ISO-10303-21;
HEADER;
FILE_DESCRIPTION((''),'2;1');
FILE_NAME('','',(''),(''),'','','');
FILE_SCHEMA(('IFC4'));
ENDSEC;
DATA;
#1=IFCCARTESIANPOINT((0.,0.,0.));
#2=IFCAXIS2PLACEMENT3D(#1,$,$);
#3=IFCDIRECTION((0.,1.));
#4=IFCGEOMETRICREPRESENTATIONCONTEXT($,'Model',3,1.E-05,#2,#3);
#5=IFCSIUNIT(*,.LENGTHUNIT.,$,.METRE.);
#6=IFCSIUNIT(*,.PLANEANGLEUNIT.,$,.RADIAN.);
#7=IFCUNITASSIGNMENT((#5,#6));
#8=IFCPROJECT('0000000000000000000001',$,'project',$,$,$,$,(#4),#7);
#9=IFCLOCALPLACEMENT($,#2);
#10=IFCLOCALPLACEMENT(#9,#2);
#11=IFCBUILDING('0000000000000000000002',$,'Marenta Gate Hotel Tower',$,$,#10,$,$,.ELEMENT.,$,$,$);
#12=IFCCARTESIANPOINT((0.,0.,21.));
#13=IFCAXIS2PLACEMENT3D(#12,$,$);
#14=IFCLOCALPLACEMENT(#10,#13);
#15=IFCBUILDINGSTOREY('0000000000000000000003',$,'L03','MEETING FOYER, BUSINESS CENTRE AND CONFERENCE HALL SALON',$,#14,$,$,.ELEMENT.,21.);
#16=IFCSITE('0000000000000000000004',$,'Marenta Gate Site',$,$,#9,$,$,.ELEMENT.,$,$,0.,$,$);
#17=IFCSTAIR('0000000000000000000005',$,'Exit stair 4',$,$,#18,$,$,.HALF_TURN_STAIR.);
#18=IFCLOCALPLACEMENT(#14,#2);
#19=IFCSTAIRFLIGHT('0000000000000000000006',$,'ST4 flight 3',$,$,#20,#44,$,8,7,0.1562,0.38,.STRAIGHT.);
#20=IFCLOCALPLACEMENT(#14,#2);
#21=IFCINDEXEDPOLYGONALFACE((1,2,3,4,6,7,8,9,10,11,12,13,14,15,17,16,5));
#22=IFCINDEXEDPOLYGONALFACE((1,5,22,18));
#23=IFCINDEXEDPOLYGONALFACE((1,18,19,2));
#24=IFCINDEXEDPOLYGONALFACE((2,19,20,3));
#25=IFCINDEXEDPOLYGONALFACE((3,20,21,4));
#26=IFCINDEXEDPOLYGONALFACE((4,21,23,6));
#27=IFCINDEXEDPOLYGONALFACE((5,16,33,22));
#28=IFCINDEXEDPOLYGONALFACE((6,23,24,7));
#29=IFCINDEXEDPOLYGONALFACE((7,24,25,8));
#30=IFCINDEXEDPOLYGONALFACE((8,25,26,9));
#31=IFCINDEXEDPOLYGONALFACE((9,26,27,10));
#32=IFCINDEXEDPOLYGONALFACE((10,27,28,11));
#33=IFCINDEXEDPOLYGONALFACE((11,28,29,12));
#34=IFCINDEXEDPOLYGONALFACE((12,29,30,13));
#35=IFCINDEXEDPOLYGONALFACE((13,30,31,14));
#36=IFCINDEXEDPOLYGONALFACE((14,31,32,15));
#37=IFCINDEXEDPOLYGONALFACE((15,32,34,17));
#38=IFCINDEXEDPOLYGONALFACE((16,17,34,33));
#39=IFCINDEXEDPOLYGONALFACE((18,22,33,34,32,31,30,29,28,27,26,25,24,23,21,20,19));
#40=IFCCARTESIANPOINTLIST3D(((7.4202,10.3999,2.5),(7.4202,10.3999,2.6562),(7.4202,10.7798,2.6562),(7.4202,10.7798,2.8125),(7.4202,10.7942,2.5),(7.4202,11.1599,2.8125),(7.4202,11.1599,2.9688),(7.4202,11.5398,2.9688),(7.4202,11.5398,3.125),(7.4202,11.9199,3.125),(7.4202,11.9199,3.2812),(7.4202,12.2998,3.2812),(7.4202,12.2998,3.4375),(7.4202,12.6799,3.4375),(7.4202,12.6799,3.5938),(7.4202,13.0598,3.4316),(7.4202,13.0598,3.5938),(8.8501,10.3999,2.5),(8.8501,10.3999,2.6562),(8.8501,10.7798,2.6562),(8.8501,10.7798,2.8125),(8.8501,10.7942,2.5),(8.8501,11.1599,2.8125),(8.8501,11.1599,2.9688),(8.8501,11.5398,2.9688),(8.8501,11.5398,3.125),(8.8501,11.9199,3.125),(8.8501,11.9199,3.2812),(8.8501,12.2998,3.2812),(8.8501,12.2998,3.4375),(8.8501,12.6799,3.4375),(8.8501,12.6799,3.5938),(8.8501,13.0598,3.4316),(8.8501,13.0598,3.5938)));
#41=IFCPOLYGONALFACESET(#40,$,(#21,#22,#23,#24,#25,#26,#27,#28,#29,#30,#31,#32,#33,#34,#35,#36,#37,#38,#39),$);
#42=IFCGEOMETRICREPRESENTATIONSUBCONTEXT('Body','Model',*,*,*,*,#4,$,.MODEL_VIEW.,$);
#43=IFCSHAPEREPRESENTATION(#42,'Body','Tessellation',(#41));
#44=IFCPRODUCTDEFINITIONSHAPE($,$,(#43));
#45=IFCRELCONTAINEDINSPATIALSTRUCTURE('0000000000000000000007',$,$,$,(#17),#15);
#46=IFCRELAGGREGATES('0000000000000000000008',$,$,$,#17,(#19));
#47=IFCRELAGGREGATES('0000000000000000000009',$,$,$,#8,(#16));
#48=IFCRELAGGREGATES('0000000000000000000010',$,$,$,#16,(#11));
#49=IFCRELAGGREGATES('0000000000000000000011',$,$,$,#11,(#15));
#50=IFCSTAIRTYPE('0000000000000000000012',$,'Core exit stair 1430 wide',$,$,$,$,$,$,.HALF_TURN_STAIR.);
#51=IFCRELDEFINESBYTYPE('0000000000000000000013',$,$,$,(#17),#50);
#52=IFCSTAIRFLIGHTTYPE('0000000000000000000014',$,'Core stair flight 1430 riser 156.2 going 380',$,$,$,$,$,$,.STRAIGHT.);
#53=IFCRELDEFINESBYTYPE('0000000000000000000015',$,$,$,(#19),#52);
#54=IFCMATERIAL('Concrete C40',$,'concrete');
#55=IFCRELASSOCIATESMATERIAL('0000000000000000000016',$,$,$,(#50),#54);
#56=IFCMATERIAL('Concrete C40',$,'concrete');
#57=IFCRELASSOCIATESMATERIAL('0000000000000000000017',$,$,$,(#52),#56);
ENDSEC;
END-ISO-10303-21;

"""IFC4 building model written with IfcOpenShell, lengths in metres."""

from ifc_helpers import new_model, si_unit, direction, frame, origin, place, context, subcontext, project, spatial, polyline, outline, extrude, material, type_object, element, aggregate, save


model = new_model("IFC4")

# Units and contexts
model_context = context("Model", 3, precision=1e-05, world=origin(), true_north=direction((0.0, 1.0)))
body_context = subcontext(model_context, "Body", "Model", "MODEL_VIEW")
ifc_project = project(units=[si_unit("LENGTHUNIT", "METRE"), si_unit("PLANEANGLEUNIT", "RADIAN")], contexts=[model_context])

# Site, building, storey
site_placement = place(None, origin())
site = spatial("IfcSite", under=ifc_project, at=site_placement, Name="Marenta Gate Site", CompositionType="ELEMENT", RefElevation=0.0)
building_placement = place(site_placement, origin())
building = spatial("IfcBuilding", under=site, at=building_placement, Name="Marenta Gate Hotel Tower", CompositionType="ELEMENT")
storey_placement = place(building_placement, frame((0.0, 0.0, 21.0)))
storey = spatial("IfcBuildingStorey", under=building, at=storey_placement, Name="L03", Description="MEETING FOYER, BUSINESS CENTRE AND CONFERENCE HALL SALON", CompositionType="ELEMENT", Elevation=21.0)

# Stair, stair flight
ifc_material_1 = material(Name="Concrete C40", Category="concrete")
stair_type = type_object("IfcStairType", Name="Core exit stair 1430 wide", PredefinedType="HALF_TURN_STAIR", material=ifc_material_1)
stair_placement = place(storey_placement, origin())
stair = element("IfcStair", 1, at=stair_placement, inside=storey, type_object=stair_type, Name="Exit stair 4", PredefinedType="HALF_TURN_STAIR")
ifc_material_2 = material(Name="Concrete C40", Category="concrete")
stair_flight_type = type_object("IfcStairFlightType", Name="Core stair flight 1430 riser 156.2 going 380", PredefinedType="STRAIGHT", material=ifc_material_2)
stair_flight_1_placement = place(storey_placement, frame((8.135, 10.3999, 2.5), z_axis=(0.0, 0.0, 1.0), x_axis=(0.0, 1.0, 0.0)))
stair_flight_1 = element("IfcStairFlight", 2, at=stair_flight_1_placement, type_object=stair_flight_type, Name="ST4 flight 3", NumberOfRisers=8, NumberOfTreads=7, PredefinedType="STRAIGHT", RiserHeight=0.1562, TreadLength=0.38, context=body_context, shape_type="SweptSolid", body=[
    extrude(outline(polyline([(0.0, 0.0), (0.0, 0.1562), (0.3799, 0.1562), (0.3799, 0.3125), (0.76, 0.3125), (0.76, 0.4688), (1.1399, 0.4688), (1.1399, 0.625), (1.52, 0.625), (1.52, 0.7812), (1.8999, 0.7812), (1.8999, 0.9375), (2.28, 0.9375), (2.28, 1.0938), (2.6599, 1.0938), (2.6599, 1.25), (2.6599, 0.9316), (0.3943, 0.0), (0.0, 0.0)])), frame((0.0, 0.7148, 0.0), z_axis=(0.0, -1.0, 0.0), x_axis=(1.0, 0.0, 0.0)), (0.0, 0.0, 1.0), 1.4299),
])
aggregate(stair, [stair_flight_1])

save(model, "model.ifc")
